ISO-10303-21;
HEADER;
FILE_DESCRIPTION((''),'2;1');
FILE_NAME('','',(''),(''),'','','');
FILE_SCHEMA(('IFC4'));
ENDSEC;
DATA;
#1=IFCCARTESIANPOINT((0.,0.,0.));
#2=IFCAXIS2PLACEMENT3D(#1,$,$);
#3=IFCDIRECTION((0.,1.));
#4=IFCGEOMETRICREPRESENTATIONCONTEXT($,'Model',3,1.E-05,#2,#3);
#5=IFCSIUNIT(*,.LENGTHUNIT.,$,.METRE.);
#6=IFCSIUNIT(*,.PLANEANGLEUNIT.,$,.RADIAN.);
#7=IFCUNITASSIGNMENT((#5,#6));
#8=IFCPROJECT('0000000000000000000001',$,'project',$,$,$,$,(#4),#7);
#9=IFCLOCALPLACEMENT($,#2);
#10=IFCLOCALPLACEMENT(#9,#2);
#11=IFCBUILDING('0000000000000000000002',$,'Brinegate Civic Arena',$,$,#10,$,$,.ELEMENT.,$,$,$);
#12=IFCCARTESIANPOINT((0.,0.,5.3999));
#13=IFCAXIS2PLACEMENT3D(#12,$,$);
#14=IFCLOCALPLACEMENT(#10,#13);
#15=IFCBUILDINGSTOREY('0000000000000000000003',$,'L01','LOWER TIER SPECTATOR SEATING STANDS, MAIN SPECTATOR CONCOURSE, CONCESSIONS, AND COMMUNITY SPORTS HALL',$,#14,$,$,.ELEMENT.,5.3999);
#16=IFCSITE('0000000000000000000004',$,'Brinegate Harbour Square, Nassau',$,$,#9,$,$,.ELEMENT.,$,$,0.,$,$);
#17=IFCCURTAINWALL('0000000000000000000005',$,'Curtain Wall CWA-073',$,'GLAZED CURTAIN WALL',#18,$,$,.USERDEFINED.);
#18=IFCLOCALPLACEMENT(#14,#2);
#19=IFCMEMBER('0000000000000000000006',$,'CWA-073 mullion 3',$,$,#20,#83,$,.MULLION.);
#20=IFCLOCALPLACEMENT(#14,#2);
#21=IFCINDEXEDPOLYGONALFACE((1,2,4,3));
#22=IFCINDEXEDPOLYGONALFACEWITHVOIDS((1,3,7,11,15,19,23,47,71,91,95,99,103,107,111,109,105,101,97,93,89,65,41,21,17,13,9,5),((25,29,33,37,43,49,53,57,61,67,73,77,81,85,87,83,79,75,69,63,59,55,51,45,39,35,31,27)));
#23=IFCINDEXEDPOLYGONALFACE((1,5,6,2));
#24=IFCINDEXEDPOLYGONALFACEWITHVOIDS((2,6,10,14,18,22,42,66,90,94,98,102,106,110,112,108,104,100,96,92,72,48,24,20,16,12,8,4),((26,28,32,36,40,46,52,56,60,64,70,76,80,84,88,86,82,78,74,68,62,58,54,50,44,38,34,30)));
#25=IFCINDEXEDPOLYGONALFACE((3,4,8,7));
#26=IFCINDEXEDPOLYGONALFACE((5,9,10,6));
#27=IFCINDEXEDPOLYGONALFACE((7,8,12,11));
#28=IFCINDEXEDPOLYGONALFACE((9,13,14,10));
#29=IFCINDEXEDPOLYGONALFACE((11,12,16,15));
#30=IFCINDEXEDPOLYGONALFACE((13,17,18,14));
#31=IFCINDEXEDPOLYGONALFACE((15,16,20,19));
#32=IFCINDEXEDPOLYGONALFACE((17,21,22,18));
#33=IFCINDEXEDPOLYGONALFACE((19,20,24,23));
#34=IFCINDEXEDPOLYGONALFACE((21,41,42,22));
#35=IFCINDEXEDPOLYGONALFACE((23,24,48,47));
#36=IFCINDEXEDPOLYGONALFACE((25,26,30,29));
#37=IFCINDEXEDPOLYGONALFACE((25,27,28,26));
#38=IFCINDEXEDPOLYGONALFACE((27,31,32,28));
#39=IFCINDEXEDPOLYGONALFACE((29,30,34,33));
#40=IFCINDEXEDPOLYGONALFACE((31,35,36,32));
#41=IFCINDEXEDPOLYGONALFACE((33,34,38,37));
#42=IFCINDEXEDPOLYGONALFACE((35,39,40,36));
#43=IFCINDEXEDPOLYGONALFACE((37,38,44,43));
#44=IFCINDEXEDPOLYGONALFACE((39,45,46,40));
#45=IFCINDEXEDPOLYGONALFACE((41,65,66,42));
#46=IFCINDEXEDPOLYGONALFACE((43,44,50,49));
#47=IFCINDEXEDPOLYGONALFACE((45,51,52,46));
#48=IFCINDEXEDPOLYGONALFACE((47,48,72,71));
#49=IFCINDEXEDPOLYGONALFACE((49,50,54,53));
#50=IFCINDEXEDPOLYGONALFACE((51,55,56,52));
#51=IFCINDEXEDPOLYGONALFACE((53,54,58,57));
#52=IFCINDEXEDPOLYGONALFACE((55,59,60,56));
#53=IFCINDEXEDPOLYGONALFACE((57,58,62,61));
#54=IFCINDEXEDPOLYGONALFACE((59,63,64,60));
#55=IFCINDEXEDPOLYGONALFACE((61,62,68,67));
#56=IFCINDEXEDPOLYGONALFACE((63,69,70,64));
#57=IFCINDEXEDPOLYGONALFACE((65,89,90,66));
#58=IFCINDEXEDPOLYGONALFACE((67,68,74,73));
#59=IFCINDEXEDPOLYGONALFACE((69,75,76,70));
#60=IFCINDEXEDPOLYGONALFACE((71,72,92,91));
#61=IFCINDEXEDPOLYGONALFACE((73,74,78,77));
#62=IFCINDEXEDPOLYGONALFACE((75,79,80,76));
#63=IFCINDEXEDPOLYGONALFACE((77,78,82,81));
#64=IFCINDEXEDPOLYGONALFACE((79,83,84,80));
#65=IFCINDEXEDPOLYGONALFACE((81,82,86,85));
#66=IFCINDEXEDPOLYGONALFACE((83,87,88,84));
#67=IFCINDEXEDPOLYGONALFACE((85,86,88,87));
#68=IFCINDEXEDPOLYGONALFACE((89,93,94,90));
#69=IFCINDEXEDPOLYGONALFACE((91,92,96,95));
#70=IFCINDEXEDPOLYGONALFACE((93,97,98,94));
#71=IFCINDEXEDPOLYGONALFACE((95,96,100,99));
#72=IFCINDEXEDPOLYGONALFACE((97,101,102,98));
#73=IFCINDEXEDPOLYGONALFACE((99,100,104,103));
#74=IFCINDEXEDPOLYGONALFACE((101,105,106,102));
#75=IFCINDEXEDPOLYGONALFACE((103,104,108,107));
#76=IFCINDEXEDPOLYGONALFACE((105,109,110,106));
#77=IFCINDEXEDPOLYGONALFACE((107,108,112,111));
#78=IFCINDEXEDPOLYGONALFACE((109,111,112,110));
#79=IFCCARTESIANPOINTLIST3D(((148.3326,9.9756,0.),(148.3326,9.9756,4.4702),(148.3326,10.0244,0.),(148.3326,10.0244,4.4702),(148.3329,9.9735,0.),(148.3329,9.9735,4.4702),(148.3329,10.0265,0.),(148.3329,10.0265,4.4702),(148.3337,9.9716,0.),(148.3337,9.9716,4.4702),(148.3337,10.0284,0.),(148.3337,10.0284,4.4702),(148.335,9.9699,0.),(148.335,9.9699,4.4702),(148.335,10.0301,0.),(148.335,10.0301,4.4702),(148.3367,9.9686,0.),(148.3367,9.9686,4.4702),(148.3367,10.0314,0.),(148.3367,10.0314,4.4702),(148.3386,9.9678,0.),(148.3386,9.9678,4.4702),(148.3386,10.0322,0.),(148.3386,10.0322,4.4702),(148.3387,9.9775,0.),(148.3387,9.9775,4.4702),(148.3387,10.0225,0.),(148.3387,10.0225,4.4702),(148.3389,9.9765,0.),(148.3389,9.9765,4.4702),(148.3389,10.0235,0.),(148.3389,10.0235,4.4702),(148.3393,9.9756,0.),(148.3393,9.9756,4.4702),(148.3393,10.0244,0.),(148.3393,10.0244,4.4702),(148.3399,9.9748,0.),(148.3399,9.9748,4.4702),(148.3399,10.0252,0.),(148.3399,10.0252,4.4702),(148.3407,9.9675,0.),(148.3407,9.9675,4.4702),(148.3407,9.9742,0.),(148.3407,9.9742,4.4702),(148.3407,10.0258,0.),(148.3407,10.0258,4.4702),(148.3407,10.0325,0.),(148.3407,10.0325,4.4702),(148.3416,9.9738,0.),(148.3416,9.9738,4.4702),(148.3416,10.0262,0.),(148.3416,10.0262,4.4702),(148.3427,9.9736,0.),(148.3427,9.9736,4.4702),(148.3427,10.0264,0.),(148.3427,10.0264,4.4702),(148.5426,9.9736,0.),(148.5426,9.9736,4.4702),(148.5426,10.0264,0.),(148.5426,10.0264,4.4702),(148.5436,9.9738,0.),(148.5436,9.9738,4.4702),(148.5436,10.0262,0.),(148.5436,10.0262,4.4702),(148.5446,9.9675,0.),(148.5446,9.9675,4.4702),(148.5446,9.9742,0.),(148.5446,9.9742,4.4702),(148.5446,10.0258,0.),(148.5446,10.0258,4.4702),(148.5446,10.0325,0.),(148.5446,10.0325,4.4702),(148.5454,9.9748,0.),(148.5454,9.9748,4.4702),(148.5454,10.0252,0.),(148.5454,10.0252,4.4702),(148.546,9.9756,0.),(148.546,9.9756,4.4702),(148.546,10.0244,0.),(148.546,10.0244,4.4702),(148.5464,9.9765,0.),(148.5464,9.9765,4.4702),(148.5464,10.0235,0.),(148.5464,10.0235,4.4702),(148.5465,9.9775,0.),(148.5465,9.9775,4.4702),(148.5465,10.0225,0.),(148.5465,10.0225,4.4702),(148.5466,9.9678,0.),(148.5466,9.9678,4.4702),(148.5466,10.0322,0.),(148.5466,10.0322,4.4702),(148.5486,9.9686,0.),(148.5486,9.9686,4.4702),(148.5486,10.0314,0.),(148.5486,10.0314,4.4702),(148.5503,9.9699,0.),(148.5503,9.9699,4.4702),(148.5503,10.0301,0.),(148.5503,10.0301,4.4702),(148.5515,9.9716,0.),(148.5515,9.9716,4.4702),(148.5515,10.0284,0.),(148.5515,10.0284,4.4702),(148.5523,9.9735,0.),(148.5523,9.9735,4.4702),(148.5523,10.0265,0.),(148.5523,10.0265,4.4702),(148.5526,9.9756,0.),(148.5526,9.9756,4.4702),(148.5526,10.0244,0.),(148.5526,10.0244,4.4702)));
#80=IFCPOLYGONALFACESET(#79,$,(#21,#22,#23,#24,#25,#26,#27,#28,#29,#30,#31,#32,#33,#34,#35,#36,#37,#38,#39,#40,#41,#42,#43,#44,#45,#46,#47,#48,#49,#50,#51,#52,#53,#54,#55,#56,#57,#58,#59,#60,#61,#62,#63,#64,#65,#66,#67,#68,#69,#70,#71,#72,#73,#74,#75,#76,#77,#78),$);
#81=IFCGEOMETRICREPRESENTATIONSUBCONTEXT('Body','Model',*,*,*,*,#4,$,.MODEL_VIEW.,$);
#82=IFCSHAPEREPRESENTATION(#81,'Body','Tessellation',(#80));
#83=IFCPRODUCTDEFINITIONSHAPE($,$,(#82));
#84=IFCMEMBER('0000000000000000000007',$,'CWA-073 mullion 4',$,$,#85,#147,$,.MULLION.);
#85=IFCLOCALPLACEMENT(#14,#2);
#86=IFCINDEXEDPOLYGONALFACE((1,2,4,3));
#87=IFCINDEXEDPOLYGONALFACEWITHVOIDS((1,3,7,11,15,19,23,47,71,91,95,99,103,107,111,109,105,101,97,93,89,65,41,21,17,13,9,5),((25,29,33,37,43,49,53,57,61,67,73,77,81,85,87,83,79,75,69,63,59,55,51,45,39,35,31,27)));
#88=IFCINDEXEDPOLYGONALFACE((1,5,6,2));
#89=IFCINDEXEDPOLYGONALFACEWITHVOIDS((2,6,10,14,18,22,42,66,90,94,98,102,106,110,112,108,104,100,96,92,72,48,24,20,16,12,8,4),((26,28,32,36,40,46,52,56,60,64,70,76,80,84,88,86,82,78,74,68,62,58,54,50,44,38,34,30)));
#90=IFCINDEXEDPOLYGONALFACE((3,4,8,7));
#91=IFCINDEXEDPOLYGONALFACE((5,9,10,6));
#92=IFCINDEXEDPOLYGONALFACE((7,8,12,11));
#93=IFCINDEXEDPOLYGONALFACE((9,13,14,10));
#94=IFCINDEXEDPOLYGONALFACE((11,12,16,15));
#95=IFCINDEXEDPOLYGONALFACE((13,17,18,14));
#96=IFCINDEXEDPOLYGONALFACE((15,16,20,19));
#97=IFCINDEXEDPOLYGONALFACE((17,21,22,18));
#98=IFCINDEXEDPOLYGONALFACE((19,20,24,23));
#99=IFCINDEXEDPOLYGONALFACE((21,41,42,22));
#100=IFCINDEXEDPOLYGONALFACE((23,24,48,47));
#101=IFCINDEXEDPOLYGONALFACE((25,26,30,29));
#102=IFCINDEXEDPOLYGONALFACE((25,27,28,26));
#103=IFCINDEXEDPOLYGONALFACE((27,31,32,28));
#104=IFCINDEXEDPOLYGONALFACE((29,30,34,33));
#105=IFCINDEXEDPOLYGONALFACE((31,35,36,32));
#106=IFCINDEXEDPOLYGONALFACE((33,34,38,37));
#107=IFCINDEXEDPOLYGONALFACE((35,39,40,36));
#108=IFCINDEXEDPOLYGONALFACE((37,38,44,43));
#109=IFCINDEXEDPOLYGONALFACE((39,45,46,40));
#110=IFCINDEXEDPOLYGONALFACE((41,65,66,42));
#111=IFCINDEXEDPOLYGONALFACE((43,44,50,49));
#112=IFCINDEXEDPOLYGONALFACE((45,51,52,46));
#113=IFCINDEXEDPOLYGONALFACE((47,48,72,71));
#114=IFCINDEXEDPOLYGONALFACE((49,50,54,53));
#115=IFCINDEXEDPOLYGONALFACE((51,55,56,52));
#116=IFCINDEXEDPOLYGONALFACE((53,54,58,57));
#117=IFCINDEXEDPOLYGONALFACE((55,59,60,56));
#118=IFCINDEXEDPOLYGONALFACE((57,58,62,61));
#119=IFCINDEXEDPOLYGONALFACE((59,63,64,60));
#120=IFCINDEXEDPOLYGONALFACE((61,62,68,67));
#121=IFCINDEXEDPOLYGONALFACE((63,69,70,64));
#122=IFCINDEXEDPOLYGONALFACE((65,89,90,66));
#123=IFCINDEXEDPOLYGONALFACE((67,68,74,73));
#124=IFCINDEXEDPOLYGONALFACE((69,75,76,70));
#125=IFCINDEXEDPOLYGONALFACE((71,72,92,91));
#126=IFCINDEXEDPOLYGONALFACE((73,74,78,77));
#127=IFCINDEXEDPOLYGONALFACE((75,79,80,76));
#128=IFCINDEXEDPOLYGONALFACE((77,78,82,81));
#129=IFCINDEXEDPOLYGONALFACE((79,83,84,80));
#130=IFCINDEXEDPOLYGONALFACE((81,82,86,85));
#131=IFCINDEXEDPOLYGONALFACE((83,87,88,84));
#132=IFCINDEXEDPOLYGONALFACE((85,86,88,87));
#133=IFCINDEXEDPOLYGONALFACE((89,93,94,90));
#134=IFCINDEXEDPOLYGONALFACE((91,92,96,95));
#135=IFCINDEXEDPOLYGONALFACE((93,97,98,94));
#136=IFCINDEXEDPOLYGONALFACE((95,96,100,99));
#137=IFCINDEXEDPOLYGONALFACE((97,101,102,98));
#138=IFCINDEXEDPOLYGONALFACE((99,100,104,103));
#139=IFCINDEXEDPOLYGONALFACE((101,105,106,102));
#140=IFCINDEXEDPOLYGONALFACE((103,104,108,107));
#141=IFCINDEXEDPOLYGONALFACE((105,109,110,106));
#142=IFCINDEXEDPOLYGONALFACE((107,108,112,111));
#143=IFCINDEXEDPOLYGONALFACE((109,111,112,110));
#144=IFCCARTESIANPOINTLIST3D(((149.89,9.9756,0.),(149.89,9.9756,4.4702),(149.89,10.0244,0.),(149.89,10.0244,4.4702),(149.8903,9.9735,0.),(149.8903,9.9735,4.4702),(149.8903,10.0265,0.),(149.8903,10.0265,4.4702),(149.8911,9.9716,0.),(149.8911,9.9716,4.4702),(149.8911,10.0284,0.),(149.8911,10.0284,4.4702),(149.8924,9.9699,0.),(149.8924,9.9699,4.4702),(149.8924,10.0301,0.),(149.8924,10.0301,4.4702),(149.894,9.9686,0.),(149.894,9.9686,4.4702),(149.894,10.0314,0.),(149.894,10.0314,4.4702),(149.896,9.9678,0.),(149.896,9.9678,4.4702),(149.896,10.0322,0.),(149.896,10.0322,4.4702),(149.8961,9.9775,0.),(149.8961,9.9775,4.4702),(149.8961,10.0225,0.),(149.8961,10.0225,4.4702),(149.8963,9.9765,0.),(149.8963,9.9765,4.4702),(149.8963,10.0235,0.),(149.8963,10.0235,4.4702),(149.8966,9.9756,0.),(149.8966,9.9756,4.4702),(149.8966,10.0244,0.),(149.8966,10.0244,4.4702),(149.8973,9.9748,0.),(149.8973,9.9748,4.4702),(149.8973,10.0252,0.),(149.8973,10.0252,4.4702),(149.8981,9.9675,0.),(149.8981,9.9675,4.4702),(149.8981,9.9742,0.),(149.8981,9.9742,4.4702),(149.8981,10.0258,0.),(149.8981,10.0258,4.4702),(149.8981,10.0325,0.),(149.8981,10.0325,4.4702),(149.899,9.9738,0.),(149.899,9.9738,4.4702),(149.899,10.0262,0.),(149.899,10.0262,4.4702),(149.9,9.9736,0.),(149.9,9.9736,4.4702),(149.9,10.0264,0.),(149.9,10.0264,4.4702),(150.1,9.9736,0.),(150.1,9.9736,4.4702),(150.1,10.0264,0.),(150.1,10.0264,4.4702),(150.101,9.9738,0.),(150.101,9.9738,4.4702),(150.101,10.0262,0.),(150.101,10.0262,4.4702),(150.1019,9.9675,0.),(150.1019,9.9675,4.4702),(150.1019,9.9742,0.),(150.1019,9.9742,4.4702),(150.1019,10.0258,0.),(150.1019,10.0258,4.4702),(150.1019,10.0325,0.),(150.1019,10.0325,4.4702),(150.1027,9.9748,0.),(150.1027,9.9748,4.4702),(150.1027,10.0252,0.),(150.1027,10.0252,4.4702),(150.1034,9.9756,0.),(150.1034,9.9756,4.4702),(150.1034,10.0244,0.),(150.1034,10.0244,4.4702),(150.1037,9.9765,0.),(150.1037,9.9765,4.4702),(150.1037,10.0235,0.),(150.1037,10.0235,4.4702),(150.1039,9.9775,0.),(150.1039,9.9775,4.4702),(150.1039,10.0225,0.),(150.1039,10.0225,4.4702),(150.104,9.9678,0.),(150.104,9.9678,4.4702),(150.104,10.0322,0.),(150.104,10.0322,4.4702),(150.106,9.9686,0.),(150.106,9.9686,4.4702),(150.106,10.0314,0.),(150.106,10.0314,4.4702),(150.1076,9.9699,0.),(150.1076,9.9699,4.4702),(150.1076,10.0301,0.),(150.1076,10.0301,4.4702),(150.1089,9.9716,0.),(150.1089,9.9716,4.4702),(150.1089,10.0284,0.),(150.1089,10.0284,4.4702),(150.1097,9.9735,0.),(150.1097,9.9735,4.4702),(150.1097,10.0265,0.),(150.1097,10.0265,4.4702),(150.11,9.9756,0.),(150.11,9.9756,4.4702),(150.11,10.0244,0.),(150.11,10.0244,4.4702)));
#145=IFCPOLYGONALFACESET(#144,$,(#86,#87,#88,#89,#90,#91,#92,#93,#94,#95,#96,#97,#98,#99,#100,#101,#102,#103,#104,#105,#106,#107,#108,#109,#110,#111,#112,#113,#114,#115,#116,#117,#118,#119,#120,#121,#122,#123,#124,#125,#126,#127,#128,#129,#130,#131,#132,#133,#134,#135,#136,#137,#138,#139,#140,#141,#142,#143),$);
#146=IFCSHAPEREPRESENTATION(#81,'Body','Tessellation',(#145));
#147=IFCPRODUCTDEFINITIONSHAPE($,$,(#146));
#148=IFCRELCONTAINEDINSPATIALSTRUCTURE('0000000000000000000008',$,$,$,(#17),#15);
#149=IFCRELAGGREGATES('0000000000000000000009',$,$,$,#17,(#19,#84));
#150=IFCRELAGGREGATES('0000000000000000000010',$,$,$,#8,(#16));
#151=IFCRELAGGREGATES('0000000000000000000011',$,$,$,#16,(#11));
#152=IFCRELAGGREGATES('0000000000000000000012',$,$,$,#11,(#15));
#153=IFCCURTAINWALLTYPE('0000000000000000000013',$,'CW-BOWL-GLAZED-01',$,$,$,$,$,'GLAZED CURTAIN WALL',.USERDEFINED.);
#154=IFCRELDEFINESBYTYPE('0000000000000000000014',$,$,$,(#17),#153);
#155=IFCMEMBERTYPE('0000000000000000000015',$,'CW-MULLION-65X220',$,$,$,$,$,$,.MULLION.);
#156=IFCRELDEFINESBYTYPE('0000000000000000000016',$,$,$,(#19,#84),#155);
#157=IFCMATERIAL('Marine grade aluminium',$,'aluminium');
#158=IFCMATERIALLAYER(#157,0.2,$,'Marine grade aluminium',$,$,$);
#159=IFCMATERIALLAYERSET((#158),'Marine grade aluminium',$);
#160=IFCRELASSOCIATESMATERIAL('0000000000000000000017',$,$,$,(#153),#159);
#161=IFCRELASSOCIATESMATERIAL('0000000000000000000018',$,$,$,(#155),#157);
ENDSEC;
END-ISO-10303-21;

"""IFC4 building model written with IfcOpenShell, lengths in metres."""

from ifc_helpers import new_model, si_unit, direction, frame, origin, origin_2d, place, context, subcontext, project, spatial, hollow_rectangle, extrude, material, layer, layer_set, material_profile, profile_set, type_object, element, aggregate, save


model = new_model("IFC4")

# Units and contexts
model_context = context("Model", 3, precision=1e-05, world=origin(), true_north=direction((0.0, 1.0)))
body_context = subcontext(model_context, "Body", "Model", "MODEL_VIEW")
ifc_project = project(units=[si_unit("LENGTHUNIT", "METRE"), si_unit("PLANEANGLEUNIT", "RADIAN")], contexts=[model_context])

# Site, building, storey
site_placement = place(None, origin())
site = spatial("IfcSite", under=ifc_project, at=site_placement, Name="Brinegate Harbour Square, Nassau", CompositionType="ELEMENT", RefElevation=0.0)
building_placement = place(site_placement, origin())
building = spatial("IfcBuilding", under=site, at=building_placement, Name="Brinegate Civic Arena", CompositionType="ELEMENT")
storey_placement = place(building_placement, frame((0.0, 0.0, 5.3999)))
storey = spatial("IfcBuildingStorey", under=building, at=storey_placement, Name="L01", Description="LOWER TIER SPECTATOR SEATING STANDS, MAIN SPECTATOR CONCOURSE, CONCESSIONS, AND COMMUNITY SPORTS HALL", CompositionType="ELEMENT", Elevation=5.3999)

# Curtain wall, members
ifc_material_1 = material(Name="Marine grade aluminium", Category="aluminium")
ifc_layer_1 = layer(ifc_material_1, 0.2, Name="Marine grade aluminium")
ifc_layer_set_1 = layer_set([ifc_layer_1], Name="Marine grade aluminium")
curtain_wall_type = type_object("IfcCurtainWallType", Name="CW-BOWL-GLAZED-01", ElementType="GLAZED CURTAIN WALL", PredefinedType="USERDEFINED", material=ifc_layer_set_1)
curtain_wall_placement = place(storey_placement, origin())
curtain_wall = element("IfcCurtainWall", 1, at=curtain_wall_placement, inside=storey, type_object=curtain_wall_type, Name="Curtain Wall CWA-073", ObjectType="GLAZED CURTAIN WALL", PredefinedType="USERDEFINED")
ifc_material_profile_1 = material_profile(ifc_material_1, hollow_rectangle(XDim=0.0649, YDim=0.22, WallThickness=0.0061, InnerFilletRadius=0.0039, OuterFilletRadius=0.0081, at=origin_2d()), Name="MUL65X220")
ifc_profile_set_1 = profile_set([ifc_material_profile_1], Name="Marine grade aluminium")
member_type_1 = type_object("IfcMemberType", Name="CW-MULLION-65X220", PredefinedType="MULLION", material=ifc_profile_set_1)
member_1_placement = place(storey_placement, frame((148.4426, 10.0, 0.0), z_axis=(0.0, 0.0, 1.0), x_axis=(0.0, 1.0, 0.0)))
member_1 = element("IfcMember", 2, at=member_1_placement, type_object=member_type_1, Name="CWA-073 mullion 3", PredefinedType="MULLION", context=body_context, shape_type="SweptSolid", body=[
    extrude(hollow_rectangle(XDim=0.0649, YDim=0.22, WallThickness=0.0061, InnerFilletRadius=0.0039, OuterFilletRadius=0.0081, at=origin_2d()), origin(), (0.0, 0.0, 1.0), 4.4702),
])
member_2_placement = place(storey_placement, frame((150.0, 10.0, 0.0), z_axis=(0.0, 0.0, 1.0), x_axis=(0.0, 1.0, 0.0)))
member_2 = element("IfcMember", 3, at=member_2_placement, type_object=member_type_1, Name="CWA-073 mullion 4", PredefinedType="MULLION", context=body_context, shape_type="SweptSolid", body=[
    extrude(hollow_rectangle(XDim=0.0649, YDim=0.22, WallThickness=0.0061, InnerFilletRadius=0.0039, OuterFilletRadius=0.0081, at=origin_2d()), origin(), (0.0, 0.0, 1.0), 4.4702),
])

aggregate(curtain_wall, [member_1, member_2])

save(model, "model.ifc")
